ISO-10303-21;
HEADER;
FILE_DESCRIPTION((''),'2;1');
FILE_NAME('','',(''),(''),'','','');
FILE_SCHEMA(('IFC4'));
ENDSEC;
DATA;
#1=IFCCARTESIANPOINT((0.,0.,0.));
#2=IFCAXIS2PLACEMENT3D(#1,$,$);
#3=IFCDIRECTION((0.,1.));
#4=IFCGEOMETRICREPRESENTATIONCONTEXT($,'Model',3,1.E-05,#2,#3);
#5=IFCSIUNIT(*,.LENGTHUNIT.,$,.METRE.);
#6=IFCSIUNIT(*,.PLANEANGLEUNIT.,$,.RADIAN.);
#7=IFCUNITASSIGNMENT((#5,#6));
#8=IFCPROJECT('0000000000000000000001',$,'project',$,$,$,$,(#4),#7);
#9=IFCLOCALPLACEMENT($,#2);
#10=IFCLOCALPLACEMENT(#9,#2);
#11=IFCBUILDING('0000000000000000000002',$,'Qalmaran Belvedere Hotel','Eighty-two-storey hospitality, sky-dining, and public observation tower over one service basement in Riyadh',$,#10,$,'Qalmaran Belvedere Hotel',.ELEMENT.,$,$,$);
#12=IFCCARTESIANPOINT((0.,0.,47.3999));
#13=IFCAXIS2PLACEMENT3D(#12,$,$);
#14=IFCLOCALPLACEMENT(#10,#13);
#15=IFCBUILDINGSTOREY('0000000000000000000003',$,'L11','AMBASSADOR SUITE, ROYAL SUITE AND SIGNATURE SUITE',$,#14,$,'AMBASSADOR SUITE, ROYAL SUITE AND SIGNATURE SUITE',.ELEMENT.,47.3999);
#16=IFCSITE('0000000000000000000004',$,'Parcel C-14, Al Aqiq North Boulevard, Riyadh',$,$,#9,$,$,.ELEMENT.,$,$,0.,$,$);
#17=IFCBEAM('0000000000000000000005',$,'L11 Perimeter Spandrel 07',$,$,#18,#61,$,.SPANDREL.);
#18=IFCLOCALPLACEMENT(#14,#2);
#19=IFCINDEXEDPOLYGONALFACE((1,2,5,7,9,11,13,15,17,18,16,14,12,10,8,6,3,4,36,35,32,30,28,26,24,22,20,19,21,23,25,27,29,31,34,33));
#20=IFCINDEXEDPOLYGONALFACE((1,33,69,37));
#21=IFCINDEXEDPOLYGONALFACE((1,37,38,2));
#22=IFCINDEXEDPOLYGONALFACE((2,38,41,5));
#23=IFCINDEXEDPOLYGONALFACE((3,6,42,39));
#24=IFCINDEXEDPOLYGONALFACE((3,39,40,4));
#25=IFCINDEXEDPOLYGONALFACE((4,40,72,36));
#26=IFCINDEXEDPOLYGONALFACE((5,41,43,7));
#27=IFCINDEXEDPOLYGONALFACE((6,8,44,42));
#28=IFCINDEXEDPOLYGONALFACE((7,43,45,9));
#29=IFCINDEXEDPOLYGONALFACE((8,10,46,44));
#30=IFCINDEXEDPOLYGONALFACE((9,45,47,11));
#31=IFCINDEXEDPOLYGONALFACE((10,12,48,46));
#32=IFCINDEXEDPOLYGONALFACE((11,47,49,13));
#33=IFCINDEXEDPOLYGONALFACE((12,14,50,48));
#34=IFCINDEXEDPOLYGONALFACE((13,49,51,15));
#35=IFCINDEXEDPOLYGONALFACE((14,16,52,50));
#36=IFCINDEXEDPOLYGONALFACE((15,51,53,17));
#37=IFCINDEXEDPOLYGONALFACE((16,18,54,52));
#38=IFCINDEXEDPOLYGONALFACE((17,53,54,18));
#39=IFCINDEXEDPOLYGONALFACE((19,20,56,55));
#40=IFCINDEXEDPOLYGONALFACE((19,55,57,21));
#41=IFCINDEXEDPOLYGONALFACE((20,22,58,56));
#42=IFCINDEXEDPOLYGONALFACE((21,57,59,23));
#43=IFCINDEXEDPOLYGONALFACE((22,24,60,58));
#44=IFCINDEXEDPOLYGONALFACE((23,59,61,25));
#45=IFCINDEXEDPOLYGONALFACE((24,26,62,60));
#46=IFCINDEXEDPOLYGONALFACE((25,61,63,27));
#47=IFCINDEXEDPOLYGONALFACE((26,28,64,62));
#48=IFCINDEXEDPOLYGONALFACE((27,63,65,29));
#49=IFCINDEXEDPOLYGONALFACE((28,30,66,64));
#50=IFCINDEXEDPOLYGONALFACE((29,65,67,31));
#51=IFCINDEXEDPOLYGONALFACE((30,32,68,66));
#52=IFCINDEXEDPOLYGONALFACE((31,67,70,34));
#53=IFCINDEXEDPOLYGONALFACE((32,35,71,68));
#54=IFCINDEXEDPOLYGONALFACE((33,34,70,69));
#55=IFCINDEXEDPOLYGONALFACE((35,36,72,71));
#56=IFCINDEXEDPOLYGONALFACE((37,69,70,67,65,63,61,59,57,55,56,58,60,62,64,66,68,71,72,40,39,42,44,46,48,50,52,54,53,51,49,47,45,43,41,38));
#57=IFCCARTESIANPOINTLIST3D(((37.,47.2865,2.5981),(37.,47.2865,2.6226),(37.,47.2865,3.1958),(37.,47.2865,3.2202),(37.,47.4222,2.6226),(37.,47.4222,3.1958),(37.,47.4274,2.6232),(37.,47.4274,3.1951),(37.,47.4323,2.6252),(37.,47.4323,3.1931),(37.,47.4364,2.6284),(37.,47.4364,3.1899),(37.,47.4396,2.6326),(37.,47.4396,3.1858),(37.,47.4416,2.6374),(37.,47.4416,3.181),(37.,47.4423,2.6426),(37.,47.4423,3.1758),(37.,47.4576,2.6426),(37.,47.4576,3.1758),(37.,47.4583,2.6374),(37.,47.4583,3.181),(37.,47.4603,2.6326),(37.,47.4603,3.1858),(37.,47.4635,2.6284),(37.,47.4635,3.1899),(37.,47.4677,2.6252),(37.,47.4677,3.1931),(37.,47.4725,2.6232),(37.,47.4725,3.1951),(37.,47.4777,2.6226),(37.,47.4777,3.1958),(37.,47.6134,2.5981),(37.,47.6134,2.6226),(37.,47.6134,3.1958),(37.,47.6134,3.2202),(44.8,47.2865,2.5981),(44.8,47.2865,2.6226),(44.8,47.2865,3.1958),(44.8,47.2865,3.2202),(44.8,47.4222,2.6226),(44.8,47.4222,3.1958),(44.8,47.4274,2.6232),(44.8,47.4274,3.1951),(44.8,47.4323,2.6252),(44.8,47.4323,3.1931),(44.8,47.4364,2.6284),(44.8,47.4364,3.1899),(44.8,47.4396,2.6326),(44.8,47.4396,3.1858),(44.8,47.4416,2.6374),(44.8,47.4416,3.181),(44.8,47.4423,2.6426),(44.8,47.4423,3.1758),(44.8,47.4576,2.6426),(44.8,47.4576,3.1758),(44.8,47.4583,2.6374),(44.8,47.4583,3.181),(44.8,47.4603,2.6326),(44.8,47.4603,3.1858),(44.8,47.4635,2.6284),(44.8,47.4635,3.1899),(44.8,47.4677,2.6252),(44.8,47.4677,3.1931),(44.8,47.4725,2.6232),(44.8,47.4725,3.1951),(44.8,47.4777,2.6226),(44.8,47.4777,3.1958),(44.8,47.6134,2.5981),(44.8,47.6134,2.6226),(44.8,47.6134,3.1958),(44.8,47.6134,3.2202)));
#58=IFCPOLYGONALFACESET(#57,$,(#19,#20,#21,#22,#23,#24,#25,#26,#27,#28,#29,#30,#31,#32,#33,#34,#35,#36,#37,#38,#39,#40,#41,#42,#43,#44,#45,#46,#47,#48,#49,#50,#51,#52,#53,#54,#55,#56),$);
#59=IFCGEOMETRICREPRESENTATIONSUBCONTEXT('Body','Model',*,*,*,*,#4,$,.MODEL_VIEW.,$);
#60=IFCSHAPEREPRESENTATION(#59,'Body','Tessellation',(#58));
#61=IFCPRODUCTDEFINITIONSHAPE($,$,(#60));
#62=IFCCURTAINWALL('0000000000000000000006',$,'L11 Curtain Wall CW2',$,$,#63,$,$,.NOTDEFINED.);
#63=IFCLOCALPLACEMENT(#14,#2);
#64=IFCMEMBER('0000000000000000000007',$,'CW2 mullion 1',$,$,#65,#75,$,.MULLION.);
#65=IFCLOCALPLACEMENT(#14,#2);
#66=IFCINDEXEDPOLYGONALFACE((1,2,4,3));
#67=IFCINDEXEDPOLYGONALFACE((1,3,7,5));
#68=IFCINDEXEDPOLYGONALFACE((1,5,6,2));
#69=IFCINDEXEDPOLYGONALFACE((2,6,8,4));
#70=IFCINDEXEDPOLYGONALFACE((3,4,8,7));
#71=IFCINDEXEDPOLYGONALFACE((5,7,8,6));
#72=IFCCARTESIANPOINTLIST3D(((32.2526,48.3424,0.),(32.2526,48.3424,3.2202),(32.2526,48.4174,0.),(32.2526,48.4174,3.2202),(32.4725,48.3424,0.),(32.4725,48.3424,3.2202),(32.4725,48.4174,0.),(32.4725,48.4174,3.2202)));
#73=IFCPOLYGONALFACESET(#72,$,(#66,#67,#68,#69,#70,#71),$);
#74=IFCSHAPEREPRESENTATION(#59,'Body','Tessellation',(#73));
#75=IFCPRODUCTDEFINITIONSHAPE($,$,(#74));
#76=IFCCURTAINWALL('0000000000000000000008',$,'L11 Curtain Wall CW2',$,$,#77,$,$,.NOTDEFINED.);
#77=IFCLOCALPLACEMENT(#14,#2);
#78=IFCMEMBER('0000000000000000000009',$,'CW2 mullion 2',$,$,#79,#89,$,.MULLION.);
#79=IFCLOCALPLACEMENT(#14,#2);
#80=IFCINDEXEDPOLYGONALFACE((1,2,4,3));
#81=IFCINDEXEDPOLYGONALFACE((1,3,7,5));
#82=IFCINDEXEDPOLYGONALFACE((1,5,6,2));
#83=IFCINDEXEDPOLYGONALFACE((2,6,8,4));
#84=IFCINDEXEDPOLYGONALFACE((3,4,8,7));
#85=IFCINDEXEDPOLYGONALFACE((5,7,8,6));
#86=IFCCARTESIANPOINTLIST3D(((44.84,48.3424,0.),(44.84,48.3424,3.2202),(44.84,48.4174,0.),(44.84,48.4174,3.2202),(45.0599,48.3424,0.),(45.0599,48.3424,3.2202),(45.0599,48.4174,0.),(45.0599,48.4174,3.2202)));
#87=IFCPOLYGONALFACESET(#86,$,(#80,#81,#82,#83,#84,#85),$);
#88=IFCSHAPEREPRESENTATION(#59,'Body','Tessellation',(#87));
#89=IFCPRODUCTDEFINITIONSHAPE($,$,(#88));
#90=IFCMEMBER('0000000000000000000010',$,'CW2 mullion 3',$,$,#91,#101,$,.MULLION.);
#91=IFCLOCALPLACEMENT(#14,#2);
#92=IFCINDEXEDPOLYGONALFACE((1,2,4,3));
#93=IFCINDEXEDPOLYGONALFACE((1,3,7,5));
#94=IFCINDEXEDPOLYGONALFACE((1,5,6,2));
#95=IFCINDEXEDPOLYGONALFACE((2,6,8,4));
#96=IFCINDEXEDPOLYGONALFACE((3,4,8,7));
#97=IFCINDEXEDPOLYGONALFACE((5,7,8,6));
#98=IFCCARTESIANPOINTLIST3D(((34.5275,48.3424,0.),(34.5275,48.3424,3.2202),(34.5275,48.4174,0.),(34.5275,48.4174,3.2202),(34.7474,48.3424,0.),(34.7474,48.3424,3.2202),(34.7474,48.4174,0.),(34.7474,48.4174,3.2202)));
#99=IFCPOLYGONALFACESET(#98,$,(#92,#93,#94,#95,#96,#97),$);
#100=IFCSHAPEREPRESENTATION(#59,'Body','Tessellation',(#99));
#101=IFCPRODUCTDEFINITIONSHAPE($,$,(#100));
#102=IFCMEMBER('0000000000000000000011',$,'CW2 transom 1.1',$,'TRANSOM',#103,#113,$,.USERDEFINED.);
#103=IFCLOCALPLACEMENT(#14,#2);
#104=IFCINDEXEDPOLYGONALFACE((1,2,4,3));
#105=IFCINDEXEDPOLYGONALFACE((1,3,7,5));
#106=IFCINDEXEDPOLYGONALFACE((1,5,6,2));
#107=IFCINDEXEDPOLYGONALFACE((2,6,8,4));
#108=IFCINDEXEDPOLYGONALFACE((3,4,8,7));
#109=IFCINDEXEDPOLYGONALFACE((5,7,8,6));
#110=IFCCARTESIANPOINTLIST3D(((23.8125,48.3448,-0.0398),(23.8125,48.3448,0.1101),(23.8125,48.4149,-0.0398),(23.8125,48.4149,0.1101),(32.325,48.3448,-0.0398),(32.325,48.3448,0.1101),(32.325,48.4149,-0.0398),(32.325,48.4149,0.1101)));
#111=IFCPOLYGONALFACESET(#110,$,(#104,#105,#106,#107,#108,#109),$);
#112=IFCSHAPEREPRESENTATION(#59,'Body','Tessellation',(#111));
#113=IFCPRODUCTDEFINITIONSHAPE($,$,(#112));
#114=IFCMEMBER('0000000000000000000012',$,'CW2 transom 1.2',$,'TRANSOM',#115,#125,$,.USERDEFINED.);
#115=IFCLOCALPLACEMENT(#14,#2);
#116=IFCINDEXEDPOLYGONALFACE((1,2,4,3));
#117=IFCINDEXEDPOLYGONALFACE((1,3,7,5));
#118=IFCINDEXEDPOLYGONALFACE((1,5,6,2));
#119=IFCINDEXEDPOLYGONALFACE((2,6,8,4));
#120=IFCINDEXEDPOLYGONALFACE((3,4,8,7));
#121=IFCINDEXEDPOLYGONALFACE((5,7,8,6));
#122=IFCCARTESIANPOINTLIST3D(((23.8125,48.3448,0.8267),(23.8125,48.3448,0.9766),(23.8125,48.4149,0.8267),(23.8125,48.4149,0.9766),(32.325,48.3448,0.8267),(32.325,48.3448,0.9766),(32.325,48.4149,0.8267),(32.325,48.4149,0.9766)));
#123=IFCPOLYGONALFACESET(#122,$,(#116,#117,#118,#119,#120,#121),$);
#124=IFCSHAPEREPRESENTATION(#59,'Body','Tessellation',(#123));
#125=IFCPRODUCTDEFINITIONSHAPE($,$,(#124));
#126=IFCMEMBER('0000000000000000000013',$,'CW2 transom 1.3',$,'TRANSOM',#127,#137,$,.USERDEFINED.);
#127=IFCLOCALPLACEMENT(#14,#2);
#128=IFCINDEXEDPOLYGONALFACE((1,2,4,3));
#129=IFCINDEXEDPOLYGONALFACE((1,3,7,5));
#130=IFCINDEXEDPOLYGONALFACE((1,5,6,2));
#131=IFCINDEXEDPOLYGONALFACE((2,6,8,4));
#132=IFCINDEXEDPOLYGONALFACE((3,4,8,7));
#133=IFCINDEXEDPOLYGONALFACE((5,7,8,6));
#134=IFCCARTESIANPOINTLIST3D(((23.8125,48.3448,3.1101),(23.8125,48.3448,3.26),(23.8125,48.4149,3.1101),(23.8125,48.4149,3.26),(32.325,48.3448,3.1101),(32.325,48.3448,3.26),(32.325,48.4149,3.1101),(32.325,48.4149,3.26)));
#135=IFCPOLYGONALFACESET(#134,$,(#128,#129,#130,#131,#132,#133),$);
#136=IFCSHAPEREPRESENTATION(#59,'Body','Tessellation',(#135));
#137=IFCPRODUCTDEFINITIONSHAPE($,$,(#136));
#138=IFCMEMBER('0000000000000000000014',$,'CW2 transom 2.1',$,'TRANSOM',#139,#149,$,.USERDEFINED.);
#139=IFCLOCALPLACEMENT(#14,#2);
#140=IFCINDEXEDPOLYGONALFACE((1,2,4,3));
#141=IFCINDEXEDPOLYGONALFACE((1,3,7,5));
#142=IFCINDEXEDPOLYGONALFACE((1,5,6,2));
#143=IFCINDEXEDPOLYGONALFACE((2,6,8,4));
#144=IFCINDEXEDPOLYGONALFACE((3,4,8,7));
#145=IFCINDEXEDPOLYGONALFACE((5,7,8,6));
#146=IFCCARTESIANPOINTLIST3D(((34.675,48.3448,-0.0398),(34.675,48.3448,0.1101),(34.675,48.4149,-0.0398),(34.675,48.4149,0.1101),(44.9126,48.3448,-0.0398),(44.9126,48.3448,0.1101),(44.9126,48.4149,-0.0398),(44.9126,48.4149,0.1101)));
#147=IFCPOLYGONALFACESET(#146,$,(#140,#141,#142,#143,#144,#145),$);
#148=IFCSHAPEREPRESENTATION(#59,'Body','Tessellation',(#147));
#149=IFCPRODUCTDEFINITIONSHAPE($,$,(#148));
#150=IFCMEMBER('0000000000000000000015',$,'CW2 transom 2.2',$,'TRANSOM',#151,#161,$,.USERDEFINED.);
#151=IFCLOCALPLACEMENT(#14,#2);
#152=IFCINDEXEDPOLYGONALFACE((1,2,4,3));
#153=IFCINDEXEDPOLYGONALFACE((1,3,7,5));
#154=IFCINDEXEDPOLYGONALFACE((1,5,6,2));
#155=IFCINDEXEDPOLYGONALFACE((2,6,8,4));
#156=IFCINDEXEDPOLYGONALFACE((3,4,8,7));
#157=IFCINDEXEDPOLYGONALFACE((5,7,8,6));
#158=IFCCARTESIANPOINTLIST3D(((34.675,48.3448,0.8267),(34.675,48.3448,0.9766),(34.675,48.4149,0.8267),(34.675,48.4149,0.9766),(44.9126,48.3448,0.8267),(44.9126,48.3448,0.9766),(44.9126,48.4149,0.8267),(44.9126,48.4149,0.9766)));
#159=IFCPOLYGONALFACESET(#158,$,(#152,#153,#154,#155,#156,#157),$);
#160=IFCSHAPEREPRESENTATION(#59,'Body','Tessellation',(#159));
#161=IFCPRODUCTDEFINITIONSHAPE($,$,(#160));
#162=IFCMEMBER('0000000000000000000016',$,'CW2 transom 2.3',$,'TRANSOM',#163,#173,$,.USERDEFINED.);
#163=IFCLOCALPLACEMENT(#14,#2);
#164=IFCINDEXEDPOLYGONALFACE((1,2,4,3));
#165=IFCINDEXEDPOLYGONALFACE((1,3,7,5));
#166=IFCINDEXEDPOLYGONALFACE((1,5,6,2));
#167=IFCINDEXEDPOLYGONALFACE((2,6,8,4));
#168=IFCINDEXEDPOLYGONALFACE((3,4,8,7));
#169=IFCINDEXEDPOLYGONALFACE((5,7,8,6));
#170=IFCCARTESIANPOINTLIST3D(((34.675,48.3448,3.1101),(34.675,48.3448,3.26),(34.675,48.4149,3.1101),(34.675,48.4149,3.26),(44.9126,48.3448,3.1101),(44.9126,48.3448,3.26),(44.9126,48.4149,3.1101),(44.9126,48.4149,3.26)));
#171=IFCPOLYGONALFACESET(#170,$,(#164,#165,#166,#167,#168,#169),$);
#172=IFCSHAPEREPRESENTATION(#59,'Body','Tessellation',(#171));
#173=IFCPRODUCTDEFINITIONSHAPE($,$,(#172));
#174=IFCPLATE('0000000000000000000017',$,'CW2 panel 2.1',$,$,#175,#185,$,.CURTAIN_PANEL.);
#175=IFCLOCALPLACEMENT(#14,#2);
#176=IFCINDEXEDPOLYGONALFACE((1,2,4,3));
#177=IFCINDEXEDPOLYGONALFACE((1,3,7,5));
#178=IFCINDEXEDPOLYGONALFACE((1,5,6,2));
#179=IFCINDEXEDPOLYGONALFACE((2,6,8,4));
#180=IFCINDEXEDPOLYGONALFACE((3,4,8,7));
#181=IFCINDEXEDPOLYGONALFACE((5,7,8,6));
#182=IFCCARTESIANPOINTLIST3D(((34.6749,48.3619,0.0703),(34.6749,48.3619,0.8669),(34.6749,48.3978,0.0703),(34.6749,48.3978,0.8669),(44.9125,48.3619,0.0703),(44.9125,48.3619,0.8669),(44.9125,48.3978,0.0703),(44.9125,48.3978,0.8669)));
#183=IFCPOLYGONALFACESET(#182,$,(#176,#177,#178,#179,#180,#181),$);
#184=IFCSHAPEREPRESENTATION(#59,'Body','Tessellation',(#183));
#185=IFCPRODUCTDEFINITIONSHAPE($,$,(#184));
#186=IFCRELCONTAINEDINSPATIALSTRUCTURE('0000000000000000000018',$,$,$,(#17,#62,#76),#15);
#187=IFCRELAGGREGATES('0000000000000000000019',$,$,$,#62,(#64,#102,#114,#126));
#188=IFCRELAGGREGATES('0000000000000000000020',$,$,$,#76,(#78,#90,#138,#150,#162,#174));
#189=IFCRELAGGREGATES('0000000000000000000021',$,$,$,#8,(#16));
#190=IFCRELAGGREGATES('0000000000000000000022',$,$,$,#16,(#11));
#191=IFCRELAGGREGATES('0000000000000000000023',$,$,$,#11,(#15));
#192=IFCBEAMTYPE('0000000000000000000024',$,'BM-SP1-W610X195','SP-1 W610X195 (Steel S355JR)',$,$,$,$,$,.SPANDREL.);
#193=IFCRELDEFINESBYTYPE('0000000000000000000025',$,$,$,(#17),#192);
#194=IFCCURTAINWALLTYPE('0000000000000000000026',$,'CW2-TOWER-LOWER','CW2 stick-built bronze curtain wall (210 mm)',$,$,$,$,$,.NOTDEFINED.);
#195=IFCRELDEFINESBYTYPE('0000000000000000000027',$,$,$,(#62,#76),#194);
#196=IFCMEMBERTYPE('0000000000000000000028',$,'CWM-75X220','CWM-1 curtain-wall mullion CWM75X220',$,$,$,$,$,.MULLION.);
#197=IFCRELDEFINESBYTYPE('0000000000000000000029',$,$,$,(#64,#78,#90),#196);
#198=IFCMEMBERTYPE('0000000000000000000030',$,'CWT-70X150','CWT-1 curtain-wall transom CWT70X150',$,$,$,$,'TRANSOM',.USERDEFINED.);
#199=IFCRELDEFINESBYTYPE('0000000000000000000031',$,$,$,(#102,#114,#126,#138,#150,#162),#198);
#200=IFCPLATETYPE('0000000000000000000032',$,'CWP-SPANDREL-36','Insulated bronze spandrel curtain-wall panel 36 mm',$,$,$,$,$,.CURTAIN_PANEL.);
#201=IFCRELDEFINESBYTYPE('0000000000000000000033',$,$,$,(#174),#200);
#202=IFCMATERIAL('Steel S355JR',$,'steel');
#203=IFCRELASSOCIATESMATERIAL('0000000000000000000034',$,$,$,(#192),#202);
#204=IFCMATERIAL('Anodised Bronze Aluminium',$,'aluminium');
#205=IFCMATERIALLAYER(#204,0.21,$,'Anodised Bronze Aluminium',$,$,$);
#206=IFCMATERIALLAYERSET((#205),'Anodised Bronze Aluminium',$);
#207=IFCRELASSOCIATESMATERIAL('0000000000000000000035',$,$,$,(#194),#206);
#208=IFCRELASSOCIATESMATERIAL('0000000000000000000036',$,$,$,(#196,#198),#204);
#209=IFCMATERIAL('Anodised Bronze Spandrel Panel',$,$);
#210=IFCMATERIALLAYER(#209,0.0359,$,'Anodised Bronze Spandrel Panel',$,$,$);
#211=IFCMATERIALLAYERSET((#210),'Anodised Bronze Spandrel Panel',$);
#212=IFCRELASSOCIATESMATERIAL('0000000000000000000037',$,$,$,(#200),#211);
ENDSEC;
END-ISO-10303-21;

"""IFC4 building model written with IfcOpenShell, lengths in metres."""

from ifc_helpers import new_model, si_unit, direction, frame, origin, origin_2d, place, context, subcontext, project, spatial, rectangle, i_section, extrude, material, layer, layer_set, material_profile, profile_set, type_object, element, aggregate, save


model = new_model("IFC4")

# Units and contexts
model_context = context("Model", 3, precision=1e-05, world=origin(), true_north=direction((0.0, 1.0)))
body_context = subcontext(model_context, "Body", "Model", "MODEL_VIEW")
ifc_project = project(units=[si_unit("LENGTHUNIT", "METRE"), si_unit("PLANEANGLEUNIT", "RADIAN")], contexts=[model_context])

# Site, building, storey
site_placement = place(None, origin())
site = spatial("IfcSite", under=ifc_project, at=site_placement, Name="Parcel C-14, Al Aqiq North Boulevard, Riyadh", CompositionType="ELEMENT", RefElevation=0.0)
building_placement = place(site_placement, origin())
building = spatial("IfcBuilding", under=site, at=building_placement, Name="Qalmaran Belvedere Hotel", Description="Eighty-two-storey hospitality, sky-dining, and public observation tower over one service basement in Riyadh", LongName="Qalmaran Belvedere Hotel", CompositionType="ELEMENT")
storey_placement = place(building_placement, frame((0.0, 0.0, 47.3999)))
storey = spatial("IfcBuildingStorey", under=building, at=storey_placement, Name="L11", Description="AMBASSADOR SUITE, ROYAL SUITE AND SIGNATURE SUITE", LongName="AMBASSADOR SUITE, ROYAL SUITE AND SIGNATURE SUITE", CompositionType="ELEMENT", Elevation=47.3999)

# Beam
ifc_material_1 = material(Name="Steel S355JR", Category="steel")
ifc_material_profile_1 = material_profile(ifc_material_1, i_section(OverallWidth=0.3269, OverallDepth=0.6221, WebThickness=0.0154, FlangeThickness=0.0244, FilletRadius=0.02, at=origin_2d()), Name="W610X195")
ifc_profile_set_1 = profile_set([ifc_material_profile_1], Name="Steel S355JR")
beam_type_1 = type_object("IfcBeamType", Name="BM-SP1-W610X195", Description="SP-1 W610X195 (Steel S355JR)", PredefinedType="SPANDREL", material=ifc_profile_set_1)
beam_placement = place(storey_placement, frame((37.0, 47.45, 2.9092), z_axis=(1.0, 0.0, 0.0), x_axis=(0.0, 1.0, 0.0)))
element("IfcBeam", 1, at=beam_placement, inside=storey, type_object=beam_type_1, Name="L11 Perimeter Spandrel 07", PredefinedType="SPANDREL", context=body_context, shape_type="SweptSolid", body=[
    extrude(i_section(OverallWidth=0.3269, OverallDepth=0.6221, WebThickness=0.0154, FlangeThickness=0.0244, FilletRadius=0.02, at=origin_2d()), origin(), (0.0, 0.0, 1.0), 7.8),
])

# Curtain wall, member
ifc_material_2 = material(Name="Anodised Bronze Aluminium", Category="aluminium")
ifc_layer_1 = layer(ifc_material_2, 0.21, Name="Anodised Bronze Aluminium")
ifc_layer_set_1 = layer_set([ifc_layer_1], Name="Anodised Bronze Aluminium")
curtain_wall_type = type_object("IfcCurtainWallType", Name="CW2-TOWER-LOWER", Description="CW2 stick-built bronze curtain wall (210 mm)", PredefinedType="NOTDEFINED", material=ifc_layer_set_1)
curtain_wall_1_placement = place(storey_placement, origin())
curtain_wall_1 = element("IfcCurtainWall", 2, at=curtain_wall_1_placement, inside=storey, type_object=curtain_wall_type, Name="L11 Curtain Wall CW2", PredefinedType="NOTDEFINED")
ifc_material_profile_2 = material_profile(ifc_material_2, rectangle(XDim=0.075, YDim=0.22, at=origin_2d()), Name="CWM75X220")
ifc_profile_set_2 = profile_set([ifc_material_profile_2], Name="Anodised Bronze Aluminium")
member_type_1 = type_object("IfcMemberType", Name="CWM-75X220", Description="CWM-1 curtain-wall mullion CWM75X220", PredefinedType="MULLION", material=ifc_profile_set_2)
member_1_placement = place(storey_placement, frame((32.3625, 48.3799, 0.0), z_axis=(0.0, 0.0, 1.0), x_axis=(0.0, -1.0, 0.0)))
member_1 = element("IfcMember", 3, at=member_1_placement, type_object=member_type_1, Name="CW2 mullion 1", PredefinedType="MULLION", context=body_context, shape_type="SweptSolid", body=[
    extrude(rectangle(XDim=0.075, YDim=0.22, at=origin_2d()), origin(), (0.0, 0.0, 1.0), 3.2202),
])

# Curtain wall, members
curtain_wall_2_placement = place(storey_placement, origin())
curtain_wall_2 = element("IfcCurtainWall", 4, at=curtain_wall_2_placement, inside=storey, type_object=curtain_wall_type, Name="L11 Curtain Wall CW2", PredefinedType="NOTDEFINED")
member_2_placement = place(storey_placement, frame((44.95, 48.3799, 0.0), z_axis=(0.0, 0.0, 1.0), x_axis=(0.0, -1.0, 0.0)))
member_2 = element("IfcMember", 5, at=member_2_placement, type_object=member_type_1, Name="CW2 mullion 2", PredefinedType="MULLION", context=body_context, shape_type="SweptSolid", body=[
    extrude(rectangle(XDim=0.075, YDim=0.22, at=origin_2d()), origin(), (0.0, 0.0, 1.0), 3.2202),
])
member_3_placement = place(storey_placement, frame((34.6375, 48.3799, 0.0), z_axis=(0.0, 0.0, 1.0), x_axis=(0.0, -1.0, 0.0)))
member_3 = element("IfcMember", 6, at=member_3_placement, type_object=member_type_1, Name="CW2 mullion 3", PredefinedType="MULLION", context=body_context, shape_type="SweptSolid", body=[
    extrude(rectangle(XDim=0.075, YDim=0.22, at=origin_2d()), origin(), (0.0, 0.0, 1.0), 3.2202),
])

# Members
ifc_material_profile_3 = material_profile(ifc_material_2, rectangle(XDim=0.0701, YDim=0.1499, at=origin_2d()), Name="CWT70X150")
ifc_profile_set_3 = profile_set([ifc_material_profile_3], Name="Anodised Bronze Aluminium")
member_type_2 = type_object("IfcMemberType", Name="CWT-70X150", Description="CWT-1 curtain-wall transom CWT70X150", ElementType="TRANSOM", PredefinedType="USERDEFINED", material=ifc_profile_set_3)
member_4_placement = place(storey_placement, frame((32.325, 48.3799, 0.0352), z_axis=(-1.0, 0.0, 0.0), x_axis=(0.0, -1.0, 0.0)))
member_4 = element("IfcMember", 7, at=member_4_placement, type_object=member_type_2, Name="CW2 transom 1.1", ObjectType="TRANSOM", PredefinedType="USERDEFINED", context=body_context, shape_type="SweptSolid", body=[
    extrude(rectangle(XDim=0.0701, YDim=0.1499, at=origin_2d()), origin(), (0.0, 0.0, 1.0), 8.5125),
])
member_5_placement = place(storey_placement, frame((32.325, 48.3799, 0.9016), z_axis=(-1.0, 0.0, 0.0), x_axis=(0.0, -1.0, 0.0)))
member_5 = element("IfcMember", 8, at=member_5_placement, type_object=member_type_2, Name="CW2 transom 1.2", ObjectType="TRANSOM", PredefinedType="USERDEFINED", context=body_context, shape_type="SweptSolid", body=[
    extrude(rectangle(XDim=0.0701, YDim=0.1499, at=origin_2d()), origin(), (0.0, 0.0, 1.0), 8.5125),
])
member_6_placement = place(storey_placement, frame((32.325, 48.3799, 3.1851), z_axis=(-1.0, 0.0, 0.0), x_axis=(0.0, -1.0, 0.0)))
member_6 = element("IfcMember", 9, at=member_6_placement, type_object=member_type_2, Name="CW2 transom 1.3", ObjectType="TRANSOM", PredefinedType="USERDEFINED", context=body_context, shape_type="SweptSolid", body=[
    extrude(rectangle(XDim=0.0701, YDim=0.1499, at=origin_2d()), origin(), (0.0, 0.0, 1.0), 8.5125),
])
aggregate(curtain_wall_1, [member_1, member_4, member_5, member_6])
member_7_placement = place(storey_placement, frame((44.9126, 48.3799, 0.0352), z_axis=(-1.0, 0.0, 0.0), x_axis=(0.0, -1.0, 0.0)))
member_7 = element("IfcMember", 10, at=member_7_placement, type_object=member_type_2, Name="CW2 transom 2.1", ObjectType="TRANSOM", PredefinedType="USERDEFINED", context=body_context, shape_type="SweptSolid", body=[
    extrude(rectangle(XDim=0.0701, YDim=0.1499, at=origin_2d()), origin(), (0.0, 0.0, 1.0), 10.2375),
])
member_8_placement = place(storey_placement, frame((44.9126, 48.3799, 0.9016), z_axis=(-1.0, 0.0, 0.0), x_axis=(0.0, -1.0, 0.0)))
member_8 = element("IfcMember", 11, at=member_8_placement, type_object=member_type_2, Name="CW2 transom 2.2", ObjectType="TRANSOM", PredefinedType="USERDEFINED", context=body_context, shape_type="SweptSolid", body=[
    extrude(rectangle(XDim=0.0701, YDim=0.1499, at=origin_2d()), origin(), (0.0, 0.0, 1.0), 10.2375),
])
member_9_placement = place(storey_placement, frame((44.9126, 48.3799, 3.1851), z_axis=(-1.0, 0.0, 0.0), x_axis=(0.0, -1.0, 0.0)))
member_9 = element("IfcMember", 12, at=member_9_placement, type_object=member_type_2, Name="CW2 transom 2.3", ObjectType="TRANSOM", PredefinedType="USERDEFINED", context=body_context, shape_type="SweptSolid", body=[
    extrude(rectangle(XDim=0.0701, YDim=0.1499, at=origin_2d()), origin(), (0.0, 0.0, 1.0), 10.2375),
])

# Plate
ifc_material_3 = material(Name="Anodised Bronze Spandrel Panel")
ifc_layer_2 = layer(ifc_material_3, 0.0359, Name="Anodised Bronze Spandrel Panel")
ifc_layer_set_2 = layer_set([ifc_layer_2], Name="Anodised Bronze Spandrel Panel")
plate_type_1 = type_object("IfcPlateType", Name="CWP-SPANDREL-36", Description="Insulated bronze spandrel curtain-wall panel 36 mm", PredefinedType="CURTAIN_PANEL", material=ifc_layer_set_2)
plate_1_placement = place(storey_placement, frame((39.7937, 48.3799, 0.0703), z_axis=(0.0, 0.0, 1.0), x_axis=(-1.0, 0.0, 0.0)))
plate_1 = element("IfcPlate", 13, at=plate_1_placement, type_object=plate_type_1, Name="CW2 panel 2.1", PredefinedType="CURTAIN_PANEL", context=body_context, shape_type="SweptSolid", body=[
    extrude(rectangle(XDim=10.2375, YDim=0.0359, at=origin_2d()), origin(), (0.0, 0.0, 1.0), 0.7966),
])
aggregate(curtain_wall_2, [member_2, member_3, member_7, member_8, member_9, plate_1])

save(model, "model.ifc")
